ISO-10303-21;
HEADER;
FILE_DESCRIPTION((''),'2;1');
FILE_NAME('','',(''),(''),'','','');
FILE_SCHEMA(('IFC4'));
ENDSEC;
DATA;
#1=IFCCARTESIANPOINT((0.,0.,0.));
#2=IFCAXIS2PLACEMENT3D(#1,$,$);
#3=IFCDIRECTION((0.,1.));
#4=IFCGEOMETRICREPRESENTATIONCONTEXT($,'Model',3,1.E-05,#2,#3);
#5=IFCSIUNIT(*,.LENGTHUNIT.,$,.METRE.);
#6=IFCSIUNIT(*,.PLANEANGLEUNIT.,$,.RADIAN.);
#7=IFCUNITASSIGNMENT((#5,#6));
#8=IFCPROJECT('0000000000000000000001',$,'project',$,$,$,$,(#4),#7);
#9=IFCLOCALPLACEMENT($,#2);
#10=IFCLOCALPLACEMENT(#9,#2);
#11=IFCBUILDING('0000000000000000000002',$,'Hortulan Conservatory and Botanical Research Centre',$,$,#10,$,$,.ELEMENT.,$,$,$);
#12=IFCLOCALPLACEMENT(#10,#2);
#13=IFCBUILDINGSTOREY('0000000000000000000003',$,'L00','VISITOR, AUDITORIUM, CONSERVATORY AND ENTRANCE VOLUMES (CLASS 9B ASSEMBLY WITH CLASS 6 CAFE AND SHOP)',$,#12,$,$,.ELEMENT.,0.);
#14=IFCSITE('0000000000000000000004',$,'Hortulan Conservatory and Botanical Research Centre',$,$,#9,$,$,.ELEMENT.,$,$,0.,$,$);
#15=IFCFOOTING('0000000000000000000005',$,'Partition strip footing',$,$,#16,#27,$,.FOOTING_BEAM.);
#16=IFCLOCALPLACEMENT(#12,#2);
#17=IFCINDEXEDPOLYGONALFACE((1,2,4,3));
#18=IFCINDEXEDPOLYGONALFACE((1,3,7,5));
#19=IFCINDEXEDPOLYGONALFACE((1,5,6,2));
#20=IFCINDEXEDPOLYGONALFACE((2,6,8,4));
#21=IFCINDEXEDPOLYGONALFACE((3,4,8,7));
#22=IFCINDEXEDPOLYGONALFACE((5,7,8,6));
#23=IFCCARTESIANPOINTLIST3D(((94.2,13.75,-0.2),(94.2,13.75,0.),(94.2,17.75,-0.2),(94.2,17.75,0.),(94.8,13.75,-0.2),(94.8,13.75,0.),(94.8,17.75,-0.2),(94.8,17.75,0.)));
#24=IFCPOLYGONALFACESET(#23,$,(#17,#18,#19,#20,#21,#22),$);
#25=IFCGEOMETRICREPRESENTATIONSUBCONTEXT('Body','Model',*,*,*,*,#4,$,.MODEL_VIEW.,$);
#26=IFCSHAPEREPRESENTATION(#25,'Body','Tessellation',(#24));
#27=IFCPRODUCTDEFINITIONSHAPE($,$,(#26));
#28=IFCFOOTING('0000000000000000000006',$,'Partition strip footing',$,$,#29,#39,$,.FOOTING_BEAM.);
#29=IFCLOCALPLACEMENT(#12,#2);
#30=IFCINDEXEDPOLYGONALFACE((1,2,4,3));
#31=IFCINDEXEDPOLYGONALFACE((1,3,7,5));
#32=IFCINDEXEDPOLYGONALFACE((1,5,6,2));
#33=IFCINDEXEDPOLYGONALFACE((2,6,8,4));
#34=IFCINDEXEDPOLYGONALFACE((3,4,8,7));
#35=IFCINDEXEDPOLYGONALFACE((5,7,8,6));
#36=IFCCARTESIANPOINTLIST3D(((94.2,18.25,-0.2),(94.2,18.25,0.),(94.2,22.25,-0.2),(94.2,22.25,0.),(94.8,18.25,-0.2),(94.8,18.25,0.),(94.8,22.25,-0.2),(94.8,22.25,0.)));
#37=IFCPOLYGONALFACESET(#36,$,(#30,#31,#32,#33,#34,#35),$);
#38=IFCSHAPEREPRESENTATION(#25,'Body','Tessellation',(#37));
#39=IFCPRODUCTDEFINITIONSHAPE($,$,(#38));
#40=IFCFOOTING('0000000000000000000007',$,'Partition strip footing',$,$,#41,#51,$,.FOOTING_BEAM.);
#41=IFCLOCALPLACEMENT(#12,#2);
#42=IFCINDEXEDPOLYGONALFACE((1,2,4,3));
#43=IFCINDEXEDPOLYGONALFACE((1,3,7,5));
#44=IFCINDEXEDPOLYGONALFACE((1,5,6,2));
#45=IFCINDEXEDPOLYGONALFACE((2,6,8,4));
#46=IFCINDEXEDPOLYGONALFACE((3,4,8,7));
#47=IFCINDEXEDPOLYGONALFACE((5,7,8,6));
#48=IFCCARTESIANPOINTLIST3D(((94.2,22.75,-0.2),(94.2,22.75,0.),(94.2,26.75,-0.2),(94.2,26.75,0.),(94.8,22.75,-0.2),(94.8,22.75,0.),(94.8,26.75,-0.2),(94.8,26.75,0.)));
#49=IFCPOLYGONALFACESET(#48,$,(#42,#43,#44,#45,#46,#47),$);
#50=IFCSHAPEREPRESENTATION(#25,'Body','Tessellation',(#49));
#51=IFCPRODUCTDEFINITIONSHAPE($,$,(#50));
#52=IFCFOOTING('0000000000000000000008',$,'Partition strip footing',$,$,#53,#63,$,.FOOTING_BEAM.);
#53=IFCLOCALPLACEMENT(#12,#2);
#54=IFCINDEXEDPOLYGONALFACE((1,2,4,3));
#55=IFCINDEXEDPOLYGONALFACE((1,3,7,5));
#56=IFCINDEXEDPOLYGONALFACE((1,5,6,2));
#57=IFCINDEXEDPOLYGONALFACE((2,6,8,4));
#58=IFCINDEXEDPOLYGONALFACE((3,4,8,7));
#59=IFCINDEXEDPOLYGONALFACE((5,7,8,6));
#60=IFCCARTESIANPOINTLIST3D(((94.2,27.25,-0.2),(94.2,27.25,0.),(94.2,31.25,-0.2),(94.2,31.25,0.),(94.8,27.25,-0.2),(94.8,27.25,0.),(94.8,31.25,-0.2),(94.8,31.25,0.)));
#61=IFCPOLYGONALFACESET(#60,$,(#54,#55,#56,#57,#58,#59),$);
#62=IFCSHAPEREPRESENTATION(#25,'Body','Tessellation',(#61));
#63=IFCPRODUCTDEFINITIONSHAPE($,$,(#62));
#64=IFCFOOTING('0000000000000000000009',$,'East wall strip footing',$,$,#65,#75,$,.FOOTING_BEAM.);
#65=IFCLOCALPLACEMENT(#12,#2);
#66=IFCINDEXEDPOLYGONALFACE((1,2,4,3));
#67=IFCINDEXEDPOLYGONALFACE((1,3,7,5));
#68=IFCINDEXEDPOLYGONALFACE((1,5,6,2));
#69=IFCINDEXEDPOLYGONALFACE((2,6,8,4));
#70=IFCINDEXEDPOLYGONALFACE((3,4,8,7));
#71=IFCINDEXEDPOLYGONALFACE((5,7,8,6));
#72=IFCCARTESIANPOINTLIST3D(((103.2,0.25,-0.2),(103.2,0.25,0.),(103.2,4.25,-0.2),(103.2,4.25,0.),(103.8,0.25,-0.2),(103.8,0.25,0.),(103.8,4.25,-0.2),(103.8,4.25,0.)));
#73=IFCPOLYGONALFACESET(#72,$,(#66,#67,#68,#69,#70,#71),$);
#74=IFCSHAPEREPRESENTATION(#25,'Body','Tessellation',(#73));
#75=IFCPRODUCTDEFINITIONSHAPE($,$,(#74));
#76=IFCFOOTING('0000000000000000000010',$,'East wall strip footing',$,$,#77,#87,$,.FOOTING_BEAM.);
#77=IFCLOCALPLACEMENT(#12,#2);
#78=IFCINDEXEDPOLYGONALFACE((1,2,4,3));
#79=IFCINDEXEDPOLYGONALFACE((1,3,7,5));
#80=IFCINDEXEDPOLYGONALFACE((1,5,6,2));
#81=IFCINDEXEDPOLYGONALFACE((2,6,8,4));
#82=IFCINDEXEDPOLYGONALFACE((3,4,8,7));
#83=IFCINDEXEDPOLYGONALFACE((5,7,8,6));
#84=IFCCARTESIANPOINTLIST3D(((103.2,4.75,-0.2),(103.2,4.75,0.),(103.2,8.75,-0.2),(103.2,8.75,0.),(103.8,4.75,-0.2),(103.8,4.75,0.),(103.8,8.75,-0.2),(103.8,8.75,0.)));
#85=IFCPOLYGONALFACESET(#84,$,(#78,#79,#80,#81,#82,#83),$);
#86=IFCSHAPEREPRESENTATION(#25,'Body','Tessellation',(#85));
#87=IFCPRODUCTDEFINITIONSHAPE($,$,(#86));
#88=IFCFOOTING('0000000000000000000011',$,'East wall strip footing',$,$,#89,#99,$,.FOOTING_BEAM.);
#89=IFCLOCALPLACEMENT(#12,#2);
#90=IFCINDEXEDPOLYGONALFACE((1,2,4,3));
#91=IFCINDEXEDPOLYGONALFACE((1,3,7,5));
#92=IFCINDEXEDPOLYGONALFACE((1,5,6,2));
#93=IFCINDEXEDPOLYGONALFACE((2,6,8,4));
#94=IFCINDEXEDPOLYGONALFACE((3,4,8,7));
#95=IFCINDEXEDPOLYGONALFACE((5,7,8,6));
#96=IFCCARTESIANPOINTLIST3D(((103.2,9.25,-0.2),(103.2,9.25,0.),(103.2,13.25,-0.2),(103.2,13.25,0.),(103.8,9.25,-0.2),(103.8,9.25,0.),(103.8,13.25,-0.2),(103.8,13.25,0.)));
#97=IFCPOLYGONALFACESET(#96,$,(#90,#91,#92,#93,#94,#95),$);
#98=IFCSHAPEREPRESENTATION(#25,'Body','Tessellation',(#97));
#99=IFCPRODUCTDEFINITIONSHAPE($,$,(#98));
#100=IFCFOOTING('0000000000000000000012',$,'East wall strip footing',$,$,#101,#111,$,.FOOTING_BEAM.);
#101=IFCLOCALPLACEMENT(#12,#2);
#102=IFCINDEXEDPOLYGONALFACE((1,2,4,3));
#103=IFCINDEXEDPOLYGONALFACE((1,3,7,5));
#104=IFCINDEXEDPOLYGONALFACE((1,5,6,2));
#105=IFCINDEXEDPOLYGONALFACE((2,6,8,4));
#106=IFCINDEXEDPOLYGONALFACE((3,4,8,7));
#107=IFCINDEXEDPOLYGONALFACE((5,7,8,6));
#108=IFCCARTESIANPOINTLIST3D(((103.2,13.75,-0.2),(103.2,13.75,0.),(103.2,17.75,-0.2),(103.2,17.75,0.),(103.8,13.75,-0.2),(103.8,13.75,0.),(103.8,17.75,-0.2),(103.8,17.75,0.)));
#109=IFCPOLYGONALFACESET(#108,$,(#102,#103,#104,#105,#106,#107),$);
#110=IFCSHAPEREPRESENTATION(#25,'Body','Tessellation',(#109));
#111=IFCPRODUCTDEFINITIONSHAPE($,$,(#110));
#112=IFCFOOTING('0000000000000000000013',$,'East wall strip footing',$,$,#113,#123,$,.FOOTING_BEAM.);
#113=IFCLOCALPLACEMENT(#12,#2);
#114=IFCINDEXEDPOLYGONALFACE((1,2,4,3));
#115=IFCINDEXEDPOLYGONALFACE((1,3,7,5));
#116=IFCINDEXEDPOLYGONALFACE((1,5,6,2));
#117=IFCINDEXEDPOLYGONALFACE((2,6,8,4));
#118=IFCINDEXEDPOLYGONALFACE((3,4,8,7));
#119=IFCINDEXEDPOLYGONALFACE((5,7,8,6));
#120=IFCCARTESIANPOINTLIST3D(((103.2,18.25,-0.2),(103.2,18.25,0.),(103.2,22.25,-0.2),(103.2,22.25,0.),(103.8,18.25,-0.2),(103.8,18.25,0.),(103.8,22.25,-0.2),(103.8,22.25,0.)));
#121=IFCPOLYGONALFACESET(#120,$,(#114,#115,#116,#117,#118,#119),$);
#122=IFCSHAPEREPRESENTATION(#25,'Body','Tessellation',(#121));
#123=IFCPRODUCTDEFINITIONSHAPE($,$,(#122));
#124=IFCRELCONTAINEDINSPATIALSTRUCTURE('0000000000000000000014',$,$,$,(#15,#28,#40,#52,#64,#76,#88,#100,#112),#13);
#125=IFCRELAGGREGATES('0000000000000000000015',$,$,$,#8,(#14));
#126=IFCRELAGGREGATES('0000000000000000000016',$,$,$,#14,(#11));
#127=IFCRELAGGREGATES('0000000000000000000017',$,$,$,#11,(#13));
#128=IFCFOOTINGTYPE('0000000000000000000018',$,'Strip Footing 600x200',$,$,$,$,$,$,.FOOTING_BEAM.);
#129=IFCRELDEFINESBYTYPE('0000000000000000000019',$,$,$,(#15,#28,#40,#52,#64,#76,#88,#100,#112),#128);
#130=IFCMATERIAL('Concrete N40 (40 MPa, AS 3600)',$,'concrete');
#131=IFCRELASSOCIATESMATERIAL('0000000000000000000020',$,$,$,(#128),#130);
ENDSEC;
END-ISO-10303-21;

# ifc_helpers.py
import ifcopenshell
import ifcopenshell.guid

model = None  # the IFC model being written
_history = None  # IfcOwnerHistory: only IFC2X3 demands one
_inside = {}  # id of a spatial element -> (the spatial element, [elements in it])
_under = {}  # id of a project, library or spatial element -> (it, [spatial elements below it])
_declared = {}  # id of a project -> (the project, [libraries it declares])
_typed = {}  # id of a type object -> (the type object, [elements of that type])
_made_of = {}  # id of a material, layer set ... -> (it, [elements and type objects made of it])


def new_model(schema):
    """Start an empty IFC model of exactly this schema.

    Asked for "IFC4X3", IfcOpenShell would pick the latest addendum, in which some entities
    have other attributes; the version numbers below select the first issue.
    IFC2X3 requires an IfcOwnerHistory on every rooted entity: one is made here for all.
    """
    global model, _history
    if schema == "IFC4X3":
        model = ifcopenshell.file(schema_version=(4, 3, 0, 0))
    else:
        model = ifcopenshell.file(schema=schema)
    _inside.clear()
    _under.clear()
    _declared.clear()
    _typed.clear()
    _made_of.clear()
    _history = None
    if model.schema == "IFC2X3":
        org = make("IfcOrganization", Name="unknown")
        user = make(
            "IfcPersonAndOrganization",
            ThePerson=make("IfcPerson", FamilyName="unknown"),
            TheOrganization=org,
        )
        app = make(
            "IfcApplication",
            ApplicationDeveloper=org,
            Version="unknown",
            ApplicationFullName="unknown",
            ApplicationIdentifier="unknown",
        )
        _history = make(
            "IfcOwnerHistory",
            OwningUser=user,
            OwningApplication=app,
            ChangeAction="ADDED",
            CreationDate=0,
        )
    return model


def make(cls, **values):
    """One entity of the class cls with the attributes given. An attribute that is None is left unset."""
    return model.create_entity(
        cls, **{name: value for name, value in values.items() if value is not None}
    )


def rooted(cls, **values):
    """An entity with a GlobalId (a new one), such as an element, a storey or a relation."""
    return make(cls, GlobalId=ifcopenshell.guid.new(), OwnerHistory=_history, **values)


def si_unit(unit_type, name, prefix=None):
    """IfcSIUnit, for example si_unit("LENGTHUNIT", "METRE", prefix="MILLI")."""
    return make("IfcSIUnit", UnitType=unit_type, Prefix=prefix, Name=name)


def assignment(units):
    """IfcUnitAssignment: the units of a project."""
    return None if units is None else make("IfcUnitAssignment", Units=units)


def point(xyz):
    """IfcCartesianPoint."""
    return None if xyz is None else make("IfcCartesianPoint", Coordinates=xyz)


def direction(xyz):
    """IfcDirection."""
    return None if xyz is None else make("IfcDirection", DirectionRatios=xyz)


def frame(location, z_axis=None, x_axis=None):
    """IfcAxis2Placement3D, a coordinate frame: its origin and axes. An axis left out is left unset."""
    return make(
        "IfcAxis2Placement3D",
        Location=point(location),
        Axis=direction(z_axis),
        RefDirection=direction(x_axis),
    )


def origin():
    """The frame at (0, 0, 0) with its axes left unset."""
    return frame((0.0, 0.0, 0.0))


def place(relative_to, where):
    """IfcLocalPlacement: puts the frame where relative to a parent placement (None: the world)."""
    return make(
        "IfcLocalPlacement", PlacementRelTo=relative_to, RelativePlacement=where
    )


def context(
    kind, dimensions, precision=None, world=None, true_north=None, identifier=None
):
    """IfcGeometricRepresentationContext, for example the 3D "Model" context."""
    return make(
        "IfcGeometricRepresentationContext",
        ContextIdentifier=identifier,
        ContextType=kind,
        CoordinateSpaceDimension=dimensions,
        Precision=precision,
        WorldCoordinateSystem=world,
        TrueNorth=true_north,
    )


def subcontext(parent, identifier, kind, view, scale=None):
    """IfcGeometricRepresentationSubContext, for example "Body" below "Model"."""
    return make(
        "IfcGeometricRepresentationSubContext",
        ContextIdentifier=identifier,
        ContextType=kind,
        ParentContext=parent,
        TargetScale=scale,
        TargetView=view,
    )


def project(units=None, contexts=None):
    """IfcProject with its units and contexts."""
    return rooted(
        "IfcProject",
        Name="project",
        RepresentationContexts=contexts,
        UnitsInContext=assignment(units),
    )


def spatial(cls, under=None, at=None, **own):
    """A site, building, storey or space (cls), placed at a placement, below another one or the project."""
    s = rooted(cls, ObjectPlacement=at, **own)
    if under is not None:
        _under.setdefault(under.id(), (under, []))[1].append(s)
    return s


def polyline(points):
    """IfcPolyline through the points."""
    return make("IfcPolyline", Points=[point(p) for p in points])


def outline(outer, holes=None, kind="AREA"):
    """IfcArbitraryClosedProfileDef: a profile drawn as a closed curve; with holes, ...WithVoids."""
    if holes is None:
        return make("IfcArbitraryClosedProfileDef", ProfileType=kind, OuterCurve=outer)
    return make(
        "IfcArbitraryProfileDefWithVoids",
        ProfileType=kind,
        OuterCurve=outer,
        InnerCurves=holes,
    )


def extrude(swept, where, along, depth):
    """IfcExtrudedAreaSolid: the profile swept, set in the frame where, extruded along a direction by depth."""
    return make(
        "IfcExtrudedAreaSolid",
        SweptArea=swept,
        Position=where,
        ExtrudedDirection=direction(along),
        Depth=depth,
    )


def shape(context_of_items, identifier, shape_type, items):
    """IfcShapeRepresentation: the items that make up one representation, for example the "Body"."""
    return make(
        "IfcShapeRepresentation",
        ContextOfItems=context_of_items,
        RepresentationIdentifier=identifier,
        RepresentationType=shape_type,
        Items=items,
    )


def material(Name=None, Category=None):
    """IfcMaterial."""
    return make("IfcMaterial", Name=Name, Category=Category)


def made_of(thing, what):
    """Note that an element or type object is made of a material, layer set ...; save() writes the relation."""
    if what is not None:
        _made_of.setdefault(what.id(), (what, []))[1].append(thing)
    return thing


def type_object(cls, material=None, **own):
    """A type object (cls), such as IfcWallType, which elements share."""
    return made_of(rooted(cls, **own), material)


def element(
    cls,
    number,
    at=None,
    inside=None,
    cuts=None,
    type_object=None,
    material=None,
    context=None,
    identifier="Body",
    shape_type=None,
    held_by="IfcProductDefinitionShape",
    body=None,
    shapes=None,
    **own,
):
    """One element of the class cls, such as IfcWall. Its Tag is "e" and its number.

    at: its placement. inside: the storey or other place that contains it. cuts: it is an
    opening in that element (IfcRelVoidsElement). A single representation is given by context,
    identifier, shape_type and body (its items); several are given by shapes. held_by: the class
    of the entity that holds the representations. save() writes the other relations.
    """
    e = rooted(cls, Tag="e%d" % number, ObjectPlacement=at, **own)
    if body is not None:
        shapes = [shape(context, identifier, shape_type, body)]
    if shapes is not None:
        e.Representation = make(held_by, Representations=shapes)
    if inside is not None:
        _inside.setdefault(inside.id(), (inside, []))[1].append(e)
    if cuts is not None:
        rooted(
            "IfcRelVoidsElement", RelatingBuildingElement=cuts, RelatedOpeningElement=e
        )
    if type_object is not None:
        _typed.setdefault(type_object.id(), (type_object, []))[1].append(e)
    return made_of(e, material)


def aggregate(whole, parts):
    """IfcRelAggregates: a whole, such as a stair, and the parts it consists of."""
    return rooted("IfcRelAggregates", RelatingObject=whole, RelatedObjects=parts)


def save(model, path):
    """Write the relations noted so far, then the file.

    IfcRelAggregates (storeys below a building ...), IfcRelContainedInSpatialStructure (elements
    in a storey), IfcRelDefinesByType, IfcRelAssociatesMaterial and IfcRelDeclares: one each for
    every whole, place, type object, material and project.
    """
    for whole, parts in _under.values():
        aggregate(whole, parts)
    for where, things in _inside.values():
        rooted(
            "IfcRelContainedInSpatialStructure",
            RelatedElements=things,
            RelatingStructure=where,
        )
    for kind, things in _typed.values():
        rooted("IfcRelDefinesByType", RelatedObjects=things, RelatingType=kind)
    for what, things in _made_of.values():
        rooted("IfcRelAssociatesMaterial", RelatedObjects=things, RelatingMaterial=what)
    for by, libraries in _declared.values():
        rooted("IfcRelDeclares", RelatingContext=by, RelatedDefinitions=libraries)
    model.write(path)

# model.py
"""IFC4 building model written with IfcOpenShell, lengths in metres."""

from ifc_helpers import new_model, si_unit, direction, frame, origin, place, context, subcontext, project, spatial, polyline, outline, extrude, material, type_object, element, save


model = new_model("IFC4")

# Units and contexts
model_context = context("Model", 3, precision=1e-05, world=origin(), true_north=direction((0.0, 1.0)))
body_context = subcontext(model_context, "Body", "Model", "MODEL_VIEW")
ifc_project = project(units=[si_unit("LENGTHUNIT", "METRE"), si_unit("PLANEANGLEUNIT", "RADIAN")], contexts=[model_context])

# Site, building, storey
site_placement = place(None, origin())
site = spatial("IfcSite", under=ifc_project, at=site_placement, Name="Hortulan Conservatory and Botanical Research Centre", CompositionType="ELEMENT", RefElevation=0.0)
building_placement = place(site_placement, origin())
building = spatial("IfcBuilding", under=site, at=building_placement, Name="Hortulan Conservatory and Botanical Research Centre", CompositionType="ELEMENT")
storey_placement = place(building_placement, origin())
storey = spatial("IfcBuildingStorey", under=building, at=storey_placement, Name="L00", Description="VISITOR, AUDITORIUM, CONSERVATORY AND ENTRANCE VOLUMES (CLASS 9B ASSEMBLY WITH CLASS 6 CAFE AND SHOP)", CompositionType="ELEMENT", Elevation=0.0)

# Footings
ifc_material = material(Name="Concrete N40 (40 MPa, AS 3600)", Category="concrete")
footing_type = type_object("IfcFootingType", Name="Strip Footing 600x200", PredefinedType="FOOTING_BEAM", material=ifc_material)
footing_1_placement = place(storey_placement, frame((0.0, 0.0, -0.2)))
element("IfcFooting", 1, at=footing_1_placement, inside=storey, type_object=footing_type, Name="Partition strip footing", PredefinedType="FOOTING_BEAM", context=body_context, shape_type="SweptSolid", body=[
    extrude(outline(polyline([(94.8, 13.75), (94.8, 17.75), (94.2, 17.75), (94.2, 13.75), (94.8, 13.75)])), origin(), (0.0, 0.0, 1.0), 0.2),
])
footing_2_placement = place(storey_placement, frame((0.0, 0.0, -0.2)))
element("IfcFooting", 2, at=footing_2_placement, inside=storey, type_object=footing_type, Name="Partition strip footing", PredefinedType="FOOTING_BEAM", context=body_context, shape_type="SweptSolid", body=[
    extrude(outline(polyline([(94.8, 18.25), (94.8, 22.25), (94.2, 22.25), (94.2, 18.25), (94.8, 18.25)])), origin(), (0.0, 0.0, 1.0), 0.2),
])
footing_3_placement = place(storey_placement, frame((0.0, 0.0, -0.2)))
element("IfcFooting", 3, at=footing_3_placement, inside=storey, type_object=footing_type, Name="Partition strip footing", PredefinedType="FOOTING_BEAM", context=body_context, shape_type="SweptSolid", body=[
    extrude(outline(polyline([(94.8, 22.75), (94.8, 26.75), (94.2, 26.75), (94.2, 22.75), (94.8, 22.75)])), origin(), (0.0, 0.0, 1.0), 0.2),
])
footing_4_placement = place(storey_placement, frame((0.0, 0.0, -0.2)))
element("IfcFooting", 4, at=footing_4_placement, inside=storey, type_object=footing_type, Name="Partition strip footing", PredefinedType="FOOTING_BEAM", context=body_context, shape_type="SweptSolid", body=[
    extrude(outline(polyline([(94.8, 27.25), (94.8, 31.25), (94.2, 31.25), (94.2, 27.25), (94.8, 27.25)])), origin(), (0.0, 0.0, 1.0), 0.2),
])
footing_5_placement = place(storey_placement, frame((0.0, 0.0, -0.2)))
element("IfcFooting", 5, at=footing_5_placement, inside=storey, type_object=footing_type, Name="East wall strip footing", PredefinedType="FOOTING_BEAM", context=body_context, shape_type="SweptSolid", body=[
    extrude(outline(polyline([(103.8, 0.25), (103.8, 4.25), (103.2, 4.25), (103.2, 0.25), (103.8, 0.25)])), origin(), (0.0, 0.0, 1.0), 0.2),
])
footing_6_placement = place(storey_placement, frame((0.0, 0.0, -0.2)))
element("IfcFooting", 6, at=footing_6_placement, inside=storey, type_object=footing_type, Name="East wall strip footing", PredefinedType="FOOTING_BEAM", context=body_context, shape_type="SweptSolid", body=[
    extrude(outline(polyline([(103.8, 4.75), (103.8, 8.75), (103.2, 8.75), (103.2, 4.75), (103.8, 4.75)])), origin(), (0.0, 0.0, 1.0), 0.2),
])
footing_7_placement = place(storey_placement, frame((0.0, 0.0, -0.2)))
element("IfcFooting", 7, at=footing_7_placement, inside=storey, type_object=footing_type, Name="East wall strip footing", PredefinedType="FOOTING_BEAM", context=body_context, shape_type="SweptSolid", body=[
    extrude(outline(polyline([(103.8, 9.25), (103.8, 13.25), (103.2, 13.25), (103.2, 9.25), (103.8, 9.25)])), origin(), (0.0, 0.0, 1.0), 0.2),
])
footing_8_placement = place(storey_placement, frame((0.0, 0.0, -0.2)))
element("IfcFooting", 8, at=footing_8_placement, inside=storey, type_object=footing_type, Name="East wall strip footing", PredefinedType="FOOTING_BEAM", context=body_context, shape_type="SweptSolid", body=[
    extrude(outline(polyline([(103.8, 13.75), (103.8, 17.75), (103.2, 17.75), (103.2, 13.75), (103.8, 13.75)])), origin(), (0.0, 0.0, 1.0), 0.2),
])
footing_9_placement = place(storey_placement, frame((0.0, 0.0, -0.2)))
element("IfcFooting", 9, at=footing_9_placement, inside=storey, type_object=footing_type, Name="East wall strip footing", PredefinedType="FOOTING_BEAM", context=body_context, shape_type="SweptSolid", body=[
    extrude(outline(polyline([(103.8, 18.25), (103.8, 22.25), (103.2, 22.25), (103.2, 18.25), (103.8, 18.25)])), origin(), (0.0, 0.0, 1.0), 0.2),
])

save(model, "model.ifc")
